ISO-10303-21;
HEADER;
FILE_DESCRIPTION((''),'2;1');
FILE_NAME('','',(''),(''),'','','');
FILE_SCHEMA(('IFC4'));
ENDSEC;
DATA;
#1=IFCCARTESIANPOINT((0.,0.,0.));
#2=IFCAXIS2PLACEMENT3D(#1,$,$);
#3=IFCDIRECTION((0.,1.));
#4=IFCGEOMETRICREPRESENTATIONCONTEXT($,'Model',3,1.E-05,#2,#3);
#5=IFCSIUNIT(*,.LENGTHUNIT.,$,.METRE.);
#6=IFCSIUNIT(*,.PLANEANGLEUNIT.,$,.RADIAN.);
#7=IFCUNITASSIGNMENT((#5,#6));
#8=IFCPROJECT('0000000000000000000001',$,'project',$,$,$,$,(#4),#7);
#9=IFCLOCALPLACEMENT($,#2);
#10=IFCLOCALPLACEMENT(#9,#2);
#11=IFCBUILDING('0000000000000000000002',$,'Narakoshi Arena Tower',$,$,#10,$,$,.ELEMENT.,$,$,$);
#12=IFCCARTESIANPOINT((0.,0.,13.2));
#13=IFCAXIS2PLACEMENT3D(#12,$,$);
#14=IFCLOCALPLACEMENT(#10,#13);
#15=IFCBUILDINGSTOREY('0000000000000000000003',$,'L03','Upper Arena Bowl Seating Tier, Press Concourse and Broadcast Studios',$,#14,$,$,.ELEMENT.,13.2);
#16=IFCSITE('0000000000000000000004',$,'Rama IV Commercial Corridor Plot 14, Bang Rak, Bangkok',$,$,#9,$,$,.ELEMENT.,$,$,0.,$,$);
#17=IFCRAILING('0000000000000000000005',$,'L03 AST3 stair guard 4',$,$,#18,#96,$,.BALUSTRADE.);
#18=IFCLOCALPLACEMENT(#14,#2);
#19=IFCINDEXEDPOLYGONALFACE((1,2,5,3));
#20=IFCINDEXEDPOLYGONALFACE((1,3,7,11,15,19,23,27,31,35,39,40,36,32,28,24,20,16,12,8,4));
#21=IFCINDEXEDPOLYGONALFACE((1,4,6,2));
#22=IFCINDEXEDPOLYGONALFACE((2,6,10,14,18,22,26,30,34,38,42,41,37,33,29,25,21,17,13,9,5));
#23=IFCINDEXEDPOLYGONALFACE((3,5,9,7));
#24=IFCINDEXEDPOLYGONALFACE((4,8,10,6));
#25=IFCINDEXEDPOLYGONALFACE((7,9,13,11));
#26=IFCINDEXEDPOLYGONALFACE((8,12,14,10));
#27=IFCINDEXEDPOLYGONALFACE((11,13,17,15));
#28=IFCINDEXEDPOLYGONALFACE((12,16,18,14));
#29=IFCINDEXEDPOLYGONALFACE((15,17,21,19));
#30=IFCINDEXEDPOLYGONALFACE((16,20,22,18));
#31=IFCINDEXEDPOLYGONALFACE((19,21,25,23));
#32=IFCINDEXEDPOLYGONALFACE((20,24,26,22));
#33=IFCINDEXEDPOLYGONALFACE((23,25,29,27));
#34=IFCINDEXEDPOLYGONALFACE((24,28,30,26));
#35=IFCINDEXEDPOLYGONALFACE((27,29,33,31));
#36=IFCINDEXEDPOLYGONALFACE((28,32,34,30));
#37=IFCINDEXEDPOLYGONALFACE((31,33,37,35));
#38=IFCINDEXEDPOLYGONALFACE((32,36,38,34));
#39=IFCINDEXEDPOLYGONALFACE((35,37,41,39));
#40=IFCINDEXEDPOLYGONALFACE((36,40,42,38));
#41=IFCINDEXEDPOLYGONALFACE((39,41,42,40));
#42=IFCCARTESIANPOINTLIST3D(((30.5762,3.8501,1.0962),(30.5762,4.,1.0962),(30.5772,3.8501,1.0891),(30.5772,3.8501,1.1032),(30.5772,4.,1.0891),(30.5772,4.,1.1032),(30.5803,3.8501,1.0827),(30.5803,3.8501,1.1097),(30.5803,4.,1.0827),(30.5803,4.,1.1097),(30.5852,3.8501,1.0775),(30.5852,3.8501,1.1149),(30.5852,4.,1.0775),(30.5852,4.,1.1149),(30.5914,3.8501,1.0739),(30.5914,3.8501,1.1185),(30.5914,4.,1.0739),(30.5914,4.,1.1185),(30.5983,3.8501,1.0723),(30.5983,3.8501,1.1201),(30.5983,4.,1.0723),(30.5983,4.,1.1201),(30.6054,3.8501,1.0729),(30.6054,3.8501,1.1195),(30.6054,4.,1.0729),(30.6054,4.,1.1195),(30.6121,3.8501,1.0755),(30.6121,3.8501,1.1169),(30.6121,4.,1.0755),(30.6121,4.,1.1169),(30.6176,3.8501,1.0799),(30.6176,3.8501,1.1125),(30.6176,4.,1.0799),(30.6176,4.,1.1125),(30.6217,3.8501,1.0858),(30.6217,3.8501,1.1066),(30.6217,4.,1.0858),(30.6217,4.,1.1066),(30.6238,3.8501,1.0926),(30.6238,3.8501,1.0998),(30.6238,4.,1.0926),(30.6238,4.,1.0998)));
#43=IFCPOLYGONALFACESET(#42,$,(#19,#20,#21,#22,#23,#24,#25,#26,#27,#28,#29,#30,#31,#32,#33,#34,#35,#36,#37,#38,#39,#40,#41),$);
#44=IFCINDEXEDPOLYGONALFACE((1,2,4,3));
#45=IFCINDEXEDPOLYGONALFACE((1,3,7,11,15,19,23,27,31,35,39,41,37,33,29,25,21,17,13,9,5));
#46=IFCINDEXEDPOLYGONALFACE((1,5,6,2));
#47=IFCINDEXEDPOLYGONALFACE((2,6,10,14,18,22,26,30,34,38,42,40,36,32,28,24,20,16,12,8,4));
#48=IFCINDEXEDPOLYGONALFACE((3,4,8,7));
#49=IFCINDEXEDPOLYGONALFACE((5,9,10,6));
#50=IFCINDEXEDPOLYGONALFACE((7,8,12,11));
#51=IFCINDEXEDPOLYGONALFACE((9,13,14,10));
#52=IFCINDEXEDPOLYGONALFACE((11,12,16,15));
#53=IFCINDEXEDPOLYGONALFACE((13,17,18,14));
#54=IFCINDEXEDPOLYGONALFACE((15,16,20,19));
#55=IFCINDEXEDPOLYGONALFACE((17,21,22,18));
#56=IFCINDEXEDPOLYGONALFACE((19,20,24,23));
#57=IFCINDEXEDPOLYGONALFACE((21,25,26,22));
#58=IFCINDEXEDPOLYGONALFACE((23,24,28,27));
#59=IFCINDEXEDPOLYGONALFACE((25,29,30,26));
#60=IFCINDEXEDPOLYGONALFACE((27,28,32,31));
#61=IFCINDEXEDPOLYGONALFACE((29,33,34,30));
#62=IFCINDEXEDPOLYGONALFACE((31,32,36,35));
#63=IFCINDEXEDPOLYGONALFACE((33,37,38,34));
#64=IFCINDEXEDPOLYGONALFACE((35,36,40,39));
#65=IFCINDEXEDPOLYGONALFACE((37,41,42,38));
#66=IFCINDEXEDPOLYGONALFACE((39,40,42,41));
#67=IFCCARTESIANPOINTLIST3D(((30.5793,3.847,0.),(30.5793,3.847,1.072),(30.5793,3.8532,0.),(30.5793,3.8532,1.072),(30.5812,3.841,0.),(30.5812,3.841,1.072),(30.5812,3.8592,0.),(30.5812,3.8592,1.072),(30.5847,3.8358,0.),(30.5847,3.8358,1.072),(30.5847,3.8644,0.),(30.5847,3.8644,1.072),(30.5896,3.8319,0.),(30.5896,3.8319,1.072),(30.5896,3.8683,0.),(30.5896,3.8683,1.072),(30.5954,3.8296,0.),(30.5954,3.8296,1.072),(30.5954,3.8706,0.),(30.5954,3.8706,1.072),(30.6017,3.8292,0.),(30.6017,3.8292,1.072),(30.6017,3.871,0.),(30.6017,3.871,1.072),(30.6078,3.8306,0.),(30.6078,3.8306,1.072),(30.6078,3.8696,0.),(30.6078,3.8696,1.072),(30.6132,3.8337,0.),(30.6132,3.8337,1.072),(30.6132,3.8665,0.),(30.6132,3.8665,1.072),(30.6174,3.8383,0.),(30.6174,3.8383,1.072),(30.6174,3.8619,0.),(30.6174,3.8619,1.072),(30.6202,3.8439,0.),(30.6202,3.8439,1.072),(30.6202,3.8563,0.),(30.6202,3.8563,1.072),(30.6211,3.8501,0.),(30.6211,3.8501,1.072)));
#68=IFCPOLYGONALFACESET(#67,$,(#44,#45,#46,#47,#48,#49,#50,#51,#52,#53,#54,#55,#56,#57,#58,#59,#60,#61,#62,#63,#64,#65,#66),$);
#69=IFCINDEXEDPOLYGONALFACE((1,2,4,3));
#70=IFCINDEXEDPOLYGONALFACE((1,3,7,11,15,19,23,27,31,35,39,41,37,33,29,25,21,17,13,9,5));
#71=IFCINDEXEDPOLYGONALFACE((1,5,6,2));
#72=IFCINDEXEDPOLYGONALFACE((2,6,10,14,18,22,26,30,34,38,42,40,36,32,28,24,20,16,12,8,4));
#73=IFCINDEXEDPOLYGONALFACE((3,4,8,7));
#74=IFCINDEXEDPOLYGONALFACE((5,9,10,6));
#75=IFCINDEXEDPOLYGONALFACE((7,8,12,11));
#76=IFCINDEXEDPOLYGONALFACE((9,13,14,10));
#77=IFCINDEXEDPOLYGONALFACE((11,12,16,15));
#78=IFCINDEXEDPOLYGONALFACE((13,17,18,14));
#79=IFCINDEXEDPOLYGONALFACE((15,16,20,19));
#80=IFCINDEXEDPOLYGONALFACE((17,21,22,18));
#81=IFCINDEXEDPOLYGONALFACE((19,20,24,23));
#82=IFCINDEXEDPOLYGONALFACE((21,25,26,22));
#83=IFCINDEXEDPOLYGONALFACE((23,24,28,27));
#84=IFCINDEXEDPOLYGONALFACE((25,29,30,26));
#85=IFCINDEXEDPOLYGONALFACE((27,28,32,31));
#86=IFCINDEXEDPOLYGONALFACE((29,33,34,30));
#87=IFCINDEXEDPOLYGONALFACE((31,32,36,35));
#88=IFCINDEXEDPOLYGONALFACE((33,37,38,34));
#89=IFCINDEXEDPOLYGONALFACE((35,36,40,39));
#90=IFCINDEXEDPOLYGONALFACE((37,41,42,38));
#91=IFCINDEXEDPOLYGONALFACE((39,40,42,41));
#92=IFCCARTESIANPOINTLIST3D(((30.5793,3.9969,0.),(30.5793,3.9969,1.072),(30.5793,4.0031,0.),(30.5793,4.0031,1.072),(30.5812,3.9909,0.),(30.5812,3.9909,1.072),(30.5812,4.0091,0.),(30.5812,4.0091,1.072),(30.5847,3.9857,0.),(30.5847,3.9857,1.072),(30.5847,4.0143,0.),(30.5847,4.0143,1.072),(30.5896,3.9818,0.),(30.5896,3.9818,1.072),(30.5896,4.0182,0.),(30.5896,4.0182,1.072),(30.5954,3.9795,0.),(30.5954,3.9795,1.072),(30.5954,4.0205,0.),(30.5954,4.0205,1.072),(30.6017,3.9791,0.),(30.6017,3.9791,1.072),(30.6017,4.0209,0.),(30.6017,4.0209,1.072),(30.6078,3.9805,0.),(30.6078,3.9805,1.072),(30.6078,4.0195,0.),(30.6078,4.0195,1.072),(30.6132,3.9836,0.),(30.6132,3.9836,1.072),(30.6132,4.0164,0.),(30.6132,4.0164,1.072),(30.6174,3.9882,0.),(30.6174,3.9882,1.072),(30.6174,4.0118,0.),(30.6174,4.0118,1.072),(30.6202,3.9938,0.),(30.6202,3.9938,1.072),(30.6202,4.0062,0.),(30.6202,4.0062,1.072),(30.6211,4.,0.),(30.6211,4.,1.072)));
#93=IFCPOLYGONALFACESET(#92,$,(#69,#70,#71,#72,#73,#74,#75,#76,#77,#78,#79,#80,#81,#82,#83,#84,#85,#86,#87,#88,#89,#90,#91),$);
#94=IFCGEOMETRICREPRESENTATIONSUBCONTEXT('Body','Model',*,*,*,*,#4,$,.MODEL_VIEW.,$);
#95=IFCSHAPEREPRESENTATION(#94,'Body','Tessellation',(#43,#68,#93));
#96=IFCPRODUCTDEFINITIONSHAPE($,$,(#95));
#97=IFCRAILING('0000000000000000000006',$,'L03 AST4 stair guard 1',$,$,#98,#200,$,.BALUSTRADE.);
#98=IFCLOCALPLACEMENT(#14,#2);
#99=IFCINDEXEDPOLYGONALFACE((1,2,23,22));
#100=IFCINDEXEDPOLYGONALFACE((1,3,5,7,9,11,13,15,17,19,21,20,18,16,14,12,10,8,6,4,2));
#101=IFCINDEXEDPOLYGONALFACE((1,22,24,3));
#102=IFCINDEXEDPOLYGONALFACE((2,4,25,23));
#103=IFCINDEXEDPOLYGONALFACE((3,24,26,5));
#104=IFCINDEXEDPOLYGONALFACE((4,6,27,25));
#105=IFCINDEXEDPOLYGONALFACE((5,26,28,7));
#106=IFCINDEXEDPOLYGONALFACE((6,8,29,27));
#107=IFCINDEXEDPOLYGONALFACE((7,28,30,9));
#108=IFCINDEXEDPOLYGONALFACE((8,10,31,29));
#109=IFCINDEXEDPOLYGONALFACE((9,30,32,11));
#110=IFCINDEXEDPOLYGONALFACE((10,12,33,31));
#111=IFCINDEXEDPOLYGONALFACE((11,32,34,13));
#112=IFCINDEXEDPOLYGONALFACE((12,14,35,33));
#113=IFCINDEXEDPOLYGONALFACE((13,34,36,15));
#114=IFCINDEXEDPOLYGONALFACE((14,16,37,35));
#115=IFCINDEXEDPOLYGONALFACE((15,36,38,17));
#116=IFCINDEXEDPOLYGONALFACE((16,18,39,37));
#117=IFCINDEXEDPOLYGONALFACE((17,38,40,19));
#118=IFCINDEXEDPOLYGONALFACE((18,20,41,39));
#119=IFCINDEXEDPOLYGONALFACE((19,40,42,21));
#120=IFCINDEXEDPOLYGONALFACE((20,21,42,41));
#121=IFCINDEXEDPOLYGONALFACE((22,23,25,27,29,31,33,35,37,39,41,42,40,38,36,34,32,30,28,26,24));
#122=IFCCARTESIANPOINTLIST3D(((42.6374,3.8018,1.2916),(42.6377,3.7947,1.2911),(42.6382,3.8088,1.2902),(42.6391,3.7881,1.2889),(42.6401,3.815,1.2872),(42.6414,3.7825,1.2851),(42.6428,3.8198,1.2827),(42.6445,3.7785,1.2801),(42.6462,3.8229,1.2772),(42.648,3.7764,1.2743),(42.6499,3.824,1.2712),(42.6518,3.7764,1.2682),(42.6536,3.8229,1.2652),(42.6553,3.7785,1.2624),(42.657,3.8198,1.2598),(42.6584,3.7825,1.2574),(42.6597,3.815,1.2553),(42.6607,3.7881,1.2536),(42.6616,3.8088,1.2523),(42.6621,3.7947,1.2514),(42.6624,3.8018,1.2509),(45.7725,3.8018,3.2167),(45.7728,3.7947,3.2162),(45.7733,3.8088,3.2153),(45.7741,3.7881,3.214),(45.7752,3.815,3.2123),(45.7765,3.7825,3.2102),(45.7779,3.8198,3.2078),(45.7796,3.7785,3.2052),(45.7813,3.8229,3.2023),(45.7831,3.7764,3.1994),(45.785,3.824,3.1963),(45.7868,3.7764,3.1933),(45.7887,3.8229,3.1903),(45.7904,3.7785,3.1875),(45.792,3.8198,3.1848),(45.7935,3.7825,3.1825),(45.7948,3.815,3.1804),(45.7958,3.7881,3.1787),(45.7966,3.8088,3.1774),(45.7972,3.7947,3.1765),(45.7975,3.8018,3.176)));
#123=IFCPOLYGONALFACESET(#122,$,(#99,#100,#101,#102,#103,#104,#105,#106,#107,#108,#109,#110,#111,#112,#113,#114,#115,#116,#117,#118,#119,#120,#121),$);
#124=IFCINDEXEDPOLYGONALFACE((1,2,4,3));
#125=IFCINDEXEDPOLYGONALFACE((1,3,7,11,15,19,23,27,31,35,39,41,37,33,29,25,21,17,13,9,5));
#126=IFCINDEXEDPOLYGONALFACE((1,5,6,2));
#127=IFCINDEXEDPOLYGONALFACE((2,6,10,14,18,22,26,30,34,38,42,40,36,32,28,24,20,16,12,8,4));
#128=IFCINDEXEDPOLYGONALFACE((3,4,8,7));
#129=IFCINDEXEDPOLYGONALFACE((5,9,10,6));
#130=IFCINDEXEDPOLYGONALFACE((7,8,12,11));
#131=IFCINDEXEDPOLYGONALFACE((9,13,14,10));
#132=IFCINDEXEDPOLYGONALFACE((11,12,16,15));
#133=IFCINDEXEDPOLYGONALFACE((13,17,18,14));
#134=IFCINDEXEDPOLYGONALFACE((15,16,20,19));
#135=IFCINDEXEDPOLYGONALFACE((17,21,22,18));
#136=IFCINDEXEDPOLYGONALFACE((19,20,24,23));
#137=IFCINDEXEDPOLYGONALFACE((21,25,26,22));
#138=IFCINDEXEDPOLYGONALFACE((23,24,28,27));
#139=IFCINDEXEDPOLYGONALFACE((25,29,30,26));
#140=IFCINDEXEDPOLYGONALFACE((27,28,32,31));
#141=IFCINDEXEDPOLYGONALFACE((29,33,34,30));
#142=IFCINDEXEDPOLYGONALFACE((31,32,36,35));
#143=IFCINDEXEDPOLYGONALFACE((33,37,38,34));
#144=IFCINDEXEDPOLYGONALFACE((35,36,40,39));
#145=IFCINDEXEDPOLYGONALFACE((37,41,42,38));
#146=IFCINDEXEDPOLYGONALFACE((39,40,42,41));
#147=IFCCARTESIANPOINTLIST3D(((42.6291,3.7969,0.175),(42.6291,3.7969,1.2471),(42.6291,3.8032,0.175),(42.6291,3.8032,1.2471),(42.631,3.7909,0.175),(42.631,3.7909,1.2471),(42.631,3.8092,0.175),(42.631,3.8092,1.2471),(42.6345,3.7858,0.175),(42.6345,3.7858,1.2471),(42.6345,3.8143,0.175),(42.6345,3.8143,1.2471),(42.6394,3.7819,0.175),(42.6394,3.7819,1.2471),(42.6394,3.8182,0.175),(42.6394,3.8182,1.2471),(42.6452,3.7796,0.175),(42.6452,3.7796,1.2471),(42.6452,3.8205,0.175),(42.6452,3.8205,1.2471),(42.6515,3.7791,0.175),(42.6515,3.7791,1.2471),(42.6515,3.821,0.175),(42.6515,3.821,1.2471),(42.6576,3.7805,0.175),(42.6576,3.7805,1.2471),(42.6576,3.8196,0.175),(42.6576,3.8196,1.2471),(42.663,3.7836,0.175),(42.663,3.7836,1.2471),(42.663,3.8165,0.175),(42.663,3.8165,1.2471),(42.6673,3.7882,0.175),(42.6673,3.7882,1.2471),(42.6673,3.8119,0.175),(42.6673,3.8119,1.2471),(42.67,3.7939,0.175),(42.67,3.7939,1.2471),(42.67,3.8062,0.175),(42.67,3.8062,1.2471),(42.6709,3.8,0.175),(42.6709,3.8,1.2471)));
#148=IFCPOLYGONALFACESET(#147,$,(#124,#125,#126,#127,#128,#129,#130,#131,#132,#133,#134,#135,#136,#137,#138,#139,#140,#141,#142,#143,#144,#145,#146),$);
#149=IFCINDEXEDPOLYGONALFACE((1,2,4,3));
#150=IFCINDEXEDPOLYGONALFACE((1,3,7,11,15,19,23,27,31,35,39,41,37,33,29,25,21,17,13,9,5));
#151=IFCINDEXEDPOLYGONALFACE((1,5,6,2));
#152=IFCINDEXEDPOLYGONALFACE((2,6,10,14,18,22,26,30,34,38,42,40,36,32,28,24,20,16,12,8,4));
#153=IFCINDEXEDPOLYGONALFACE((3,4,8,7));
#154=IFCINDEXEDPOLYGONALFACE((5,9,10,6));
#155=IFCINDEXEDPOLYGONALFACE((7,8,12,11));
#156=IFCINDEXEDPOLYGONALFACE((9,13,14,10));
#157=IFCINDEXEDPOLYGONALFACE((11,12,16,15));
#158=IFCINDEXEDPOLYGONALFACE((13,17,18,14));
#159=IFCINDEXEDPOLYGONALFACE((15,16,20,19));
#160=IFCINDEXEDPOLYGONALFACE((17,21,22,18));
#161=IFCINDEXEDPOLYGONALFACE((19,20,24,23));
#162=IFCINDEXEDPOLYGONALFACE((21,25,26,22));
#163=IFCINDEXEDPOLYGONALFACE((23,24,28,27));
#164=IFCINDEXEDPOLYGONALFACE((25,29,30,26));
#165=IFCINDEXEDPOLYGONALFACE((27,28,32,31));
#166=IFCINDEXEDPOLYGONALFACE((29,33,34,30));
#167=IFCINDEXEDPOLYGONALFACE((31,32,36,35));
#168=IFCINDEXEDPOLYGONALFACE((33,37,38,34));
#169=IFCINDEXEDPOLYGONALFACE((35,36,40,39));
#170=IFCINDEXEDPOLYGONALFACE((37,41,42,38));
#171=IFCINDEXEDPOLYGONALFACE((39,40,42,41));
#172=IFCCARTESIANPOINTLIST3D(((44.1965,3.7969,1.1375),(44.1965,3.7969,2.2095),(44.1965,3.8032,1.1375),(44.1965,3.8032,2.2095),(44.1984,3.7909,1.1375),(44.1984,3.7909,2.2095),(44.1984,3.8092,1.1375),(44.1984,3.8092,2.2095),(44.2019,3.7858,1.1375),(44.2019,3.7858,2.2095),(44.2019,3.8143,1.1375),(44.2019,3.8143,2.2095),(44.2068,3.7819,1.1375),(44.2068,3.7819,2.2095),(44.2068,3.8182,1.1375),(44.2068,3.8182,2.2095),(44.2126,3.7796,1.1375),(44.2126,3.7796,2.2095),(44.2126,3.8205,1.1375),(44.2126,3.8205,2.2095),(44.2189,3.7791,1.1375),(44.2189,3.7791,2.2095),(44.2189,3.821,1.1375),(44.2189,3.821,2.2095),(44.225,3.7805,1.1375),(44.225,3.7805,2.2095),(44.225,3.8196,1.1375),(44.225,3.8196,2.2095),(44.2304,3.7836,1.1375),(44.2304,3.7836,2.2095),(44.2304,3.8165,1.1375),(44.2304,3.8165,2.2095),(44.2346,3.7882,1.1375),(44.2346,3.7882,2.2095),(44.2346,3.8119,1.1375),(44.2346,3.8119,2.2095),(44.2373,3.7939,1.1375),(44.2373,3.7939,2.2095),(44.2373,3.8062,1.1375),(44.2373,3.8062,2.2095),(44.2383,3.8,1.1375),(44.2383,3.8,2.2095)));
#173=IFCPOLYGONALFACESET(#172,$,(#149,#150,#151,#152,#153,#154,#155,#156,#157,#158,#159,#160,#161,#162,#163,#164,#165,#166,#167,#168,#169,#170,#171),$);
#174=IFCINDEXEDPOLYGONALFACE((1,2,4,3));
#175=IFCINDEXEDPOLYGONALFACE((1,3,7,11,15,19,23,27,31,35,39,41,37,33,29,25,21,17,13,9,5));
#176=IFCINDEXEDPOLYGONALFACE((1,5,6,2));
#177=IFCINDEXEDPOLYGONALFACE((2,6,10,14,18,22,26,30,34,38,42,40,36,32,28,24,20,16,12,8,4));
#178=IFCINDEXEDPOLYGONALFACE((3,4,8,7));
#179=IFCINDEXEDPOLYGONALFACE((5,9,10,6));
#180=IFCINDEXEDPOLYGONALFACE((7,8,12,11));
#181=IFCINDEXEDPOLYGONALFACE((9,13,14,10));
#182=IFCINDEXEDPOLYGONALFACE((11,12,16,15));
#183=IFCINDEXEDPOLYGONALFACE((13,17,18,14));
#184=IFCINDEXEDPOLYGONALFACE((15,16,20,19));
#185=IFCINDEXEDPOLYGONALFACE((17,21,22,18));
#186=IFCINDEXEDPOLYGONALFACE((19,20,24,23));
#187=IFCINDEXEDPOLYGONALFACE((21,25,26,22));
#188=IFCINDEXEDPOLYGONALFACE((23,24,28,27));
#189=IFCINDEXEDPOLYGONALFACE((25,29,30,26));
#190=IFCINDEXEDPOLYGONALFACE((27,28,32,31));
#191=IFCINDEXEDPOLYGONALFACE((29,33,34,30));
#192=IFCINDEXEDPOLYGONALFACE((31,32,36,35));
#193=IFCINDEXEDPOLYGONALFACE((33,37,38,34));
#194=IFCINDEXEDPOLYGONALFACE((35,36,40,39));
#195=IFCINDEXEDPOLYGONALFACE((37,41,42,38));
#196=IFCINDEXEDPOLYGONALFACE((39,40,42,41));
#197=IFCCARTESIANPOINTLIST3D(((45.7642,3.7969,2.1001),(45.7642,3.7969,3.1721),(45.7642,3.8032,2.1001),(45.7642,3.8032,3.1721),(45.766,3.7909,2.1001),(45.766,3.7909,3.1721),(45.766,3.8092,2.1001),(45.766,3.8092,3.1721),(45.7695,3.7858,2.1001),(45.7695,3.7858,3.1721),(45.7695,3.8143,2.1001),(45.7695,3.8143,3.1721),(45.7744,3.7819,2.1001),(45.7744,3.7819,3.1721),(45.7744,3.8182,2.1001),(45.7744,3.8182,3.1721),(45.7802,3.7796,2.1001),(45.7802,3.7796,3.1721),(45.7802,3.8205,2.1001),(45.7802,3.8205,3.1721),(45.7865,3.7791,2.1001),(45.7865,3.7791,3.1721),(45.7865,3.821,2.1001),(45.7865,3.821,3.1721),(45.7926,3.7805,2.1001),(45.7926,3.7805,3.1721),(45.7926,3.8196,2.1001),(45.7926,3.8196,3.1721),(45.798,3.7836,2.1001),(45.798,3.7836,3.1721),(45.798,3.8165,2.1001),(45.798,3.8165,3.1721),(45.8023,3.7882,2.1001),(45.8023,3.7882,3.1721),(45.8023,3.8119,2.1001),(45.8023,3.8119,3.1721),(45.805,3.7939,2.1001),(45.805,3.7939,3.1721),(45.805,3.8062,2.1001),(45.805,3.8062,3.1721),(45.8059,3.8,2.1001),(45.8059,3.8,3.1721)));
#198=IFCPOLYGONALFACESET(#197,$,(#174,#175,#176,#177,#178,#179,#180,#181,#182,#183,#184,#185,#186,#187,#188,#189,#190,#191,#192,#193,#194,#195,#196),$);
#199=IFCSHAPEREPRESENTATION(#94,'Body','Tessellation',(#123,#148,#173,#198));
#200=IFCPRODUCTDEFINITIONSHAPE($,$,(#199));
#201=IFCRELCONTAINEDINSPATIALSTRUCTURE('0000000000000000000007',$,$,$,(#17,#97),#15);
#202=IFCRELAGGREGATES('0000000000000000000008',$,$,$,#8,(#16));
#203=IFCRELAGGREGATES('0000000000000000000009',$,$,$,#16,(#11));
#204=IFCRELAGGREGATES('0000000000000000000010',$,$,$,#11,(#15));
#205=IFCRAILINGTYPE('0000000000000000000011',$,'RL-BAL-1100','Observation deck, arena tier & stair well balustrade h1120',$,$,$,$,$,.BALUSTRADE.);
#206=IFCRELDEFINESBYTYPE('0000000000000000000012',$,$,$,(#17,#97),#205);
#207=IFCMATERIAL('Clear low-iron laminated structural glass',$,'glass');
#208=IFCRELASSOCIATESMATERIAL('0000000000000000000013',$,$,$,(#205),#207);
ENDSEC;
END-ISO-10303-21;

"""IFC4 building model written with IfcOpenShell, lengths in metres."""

from ifc_helpers import new_model, si_unit, direction, frame, origin, origin_2d, place, context, subcontext, project, spatial, circle, extrude, material, type_object, element, save


model = new_model("IFC4")

# Units and contexts
model_context = context("Model", 3, precision=1e-05, world=origin(), true_north=direction((0.0, 1.0)))
body_context = subcontext(model_context, "Body", "Model", "MODEL_VIEW")
ifc_project = project(units=[si_unit("LENGTHUNIT", "METRE"), si_unit("PLANEANGLEUNIT", "RADIAN")], contexts=[model_context])

# Site, building, storey
site_placement = place(None, origin())
site = spatial("IfcSite", under=ifc_project, at=site_placement, Name="Rama IV Commercial Corridor Plot 14, Bang Rak, Bangkok", CompositionType="ELEMENT", RefElevation=0.0)
building_placement = place(site_placement, origin())
building = spatial("IfcBuilding", under=site, at=building_placement, Name="Narakoshi Arena Tower", CompositionType="ELEMENT")
storey_placement = place(building_placement, frame((0.0, 0.0, 13.2)))
storey = spatial("IfcBuildingStorey", under=building, at=storey_placement, Name="L03", Description="Upper Arena Bowl Seating Tier, Press Concourse and Broadcast Studios", CompositionType="ELEMENT", Elevation=13.2)

# Railings
ifc_material_1 = material(Name="Clear low-iron laminated structural glass", Category="glass")
railing_type_1 = type_object("IfcRailingType", Name="RL-BAL-1100", Description="Observation deck, arena tier & stair well balustrade h1120", PredefinedType="BALUSTRADE", material=ifc_material_1)
railing_1_placement = place(storey_placement, frame((30.6001, 3.8501, 0.0)))
element("IfcRailing", 1, at=railing_1_placement, inside=storey, type_object=railing_type_1, Name="L03 AST3 stair guard 4", PredefinedType="BALUSTRADE", context=body_context, shape_type="SweptSolid", body=[
    extrude(circle(Radius=0.0239, at=origin_2d()), frame((0.0, 0.0, 1.0962), z_axis=(0.0, 1.0, 0.0), x_axis=(-1.0, 0.0, 0.0)), (0.0, 0.0, 1.0), 0.1499),
    extrude(circle(Radius=0.021, at=origin_2d()), origin(), (0.0, 0.0, 1.0), 1.072),
    extrude(circle(Radius=0.021, at=origin_2d()), frame((0.0, 0.1499, 0.0)), (0.0, 0.0, 1.0), 1.072),
])
railing_2_placement = place(storey_placement, frame((42.6499, 3.8, 0.175)))
element("IfcRailing", 2, at=railing_2_placement, inside=storey, type_object=railing_type_1, Name="L03 AST4 stair guard 1", PredefinedType="BALUSTRADE", context=body_context, shape_type="SweptSolid", body=[
    extrude(circle(Radius=0.0239, at=origin_2d()), frame((0.0, 0.0, 1.0962), z_axis=(0.852166, 0.0, 0.523271), x_axis=(0.0, 1.0, 0.0)), (0.0, 0.0, 1.0), 3.679),
    extrude(circle(Radius=0.021, at=origin_2d()), origin(), (0.0, 0.0, 1.0), 1.072),
    extrude(circle(Radius=0.021, at=origin_2d()), frame((1.5674, 0.0, 0.9624)), (0.0, 0.0, 1.0), 1.072),
    extrude(circle(Radius=0.021, at=origin_2d()), frame((3.135, 0.0, 1.925)), (0.0, 0.0, 1.0), 1.072),
])

save(model, "model.ifc")
